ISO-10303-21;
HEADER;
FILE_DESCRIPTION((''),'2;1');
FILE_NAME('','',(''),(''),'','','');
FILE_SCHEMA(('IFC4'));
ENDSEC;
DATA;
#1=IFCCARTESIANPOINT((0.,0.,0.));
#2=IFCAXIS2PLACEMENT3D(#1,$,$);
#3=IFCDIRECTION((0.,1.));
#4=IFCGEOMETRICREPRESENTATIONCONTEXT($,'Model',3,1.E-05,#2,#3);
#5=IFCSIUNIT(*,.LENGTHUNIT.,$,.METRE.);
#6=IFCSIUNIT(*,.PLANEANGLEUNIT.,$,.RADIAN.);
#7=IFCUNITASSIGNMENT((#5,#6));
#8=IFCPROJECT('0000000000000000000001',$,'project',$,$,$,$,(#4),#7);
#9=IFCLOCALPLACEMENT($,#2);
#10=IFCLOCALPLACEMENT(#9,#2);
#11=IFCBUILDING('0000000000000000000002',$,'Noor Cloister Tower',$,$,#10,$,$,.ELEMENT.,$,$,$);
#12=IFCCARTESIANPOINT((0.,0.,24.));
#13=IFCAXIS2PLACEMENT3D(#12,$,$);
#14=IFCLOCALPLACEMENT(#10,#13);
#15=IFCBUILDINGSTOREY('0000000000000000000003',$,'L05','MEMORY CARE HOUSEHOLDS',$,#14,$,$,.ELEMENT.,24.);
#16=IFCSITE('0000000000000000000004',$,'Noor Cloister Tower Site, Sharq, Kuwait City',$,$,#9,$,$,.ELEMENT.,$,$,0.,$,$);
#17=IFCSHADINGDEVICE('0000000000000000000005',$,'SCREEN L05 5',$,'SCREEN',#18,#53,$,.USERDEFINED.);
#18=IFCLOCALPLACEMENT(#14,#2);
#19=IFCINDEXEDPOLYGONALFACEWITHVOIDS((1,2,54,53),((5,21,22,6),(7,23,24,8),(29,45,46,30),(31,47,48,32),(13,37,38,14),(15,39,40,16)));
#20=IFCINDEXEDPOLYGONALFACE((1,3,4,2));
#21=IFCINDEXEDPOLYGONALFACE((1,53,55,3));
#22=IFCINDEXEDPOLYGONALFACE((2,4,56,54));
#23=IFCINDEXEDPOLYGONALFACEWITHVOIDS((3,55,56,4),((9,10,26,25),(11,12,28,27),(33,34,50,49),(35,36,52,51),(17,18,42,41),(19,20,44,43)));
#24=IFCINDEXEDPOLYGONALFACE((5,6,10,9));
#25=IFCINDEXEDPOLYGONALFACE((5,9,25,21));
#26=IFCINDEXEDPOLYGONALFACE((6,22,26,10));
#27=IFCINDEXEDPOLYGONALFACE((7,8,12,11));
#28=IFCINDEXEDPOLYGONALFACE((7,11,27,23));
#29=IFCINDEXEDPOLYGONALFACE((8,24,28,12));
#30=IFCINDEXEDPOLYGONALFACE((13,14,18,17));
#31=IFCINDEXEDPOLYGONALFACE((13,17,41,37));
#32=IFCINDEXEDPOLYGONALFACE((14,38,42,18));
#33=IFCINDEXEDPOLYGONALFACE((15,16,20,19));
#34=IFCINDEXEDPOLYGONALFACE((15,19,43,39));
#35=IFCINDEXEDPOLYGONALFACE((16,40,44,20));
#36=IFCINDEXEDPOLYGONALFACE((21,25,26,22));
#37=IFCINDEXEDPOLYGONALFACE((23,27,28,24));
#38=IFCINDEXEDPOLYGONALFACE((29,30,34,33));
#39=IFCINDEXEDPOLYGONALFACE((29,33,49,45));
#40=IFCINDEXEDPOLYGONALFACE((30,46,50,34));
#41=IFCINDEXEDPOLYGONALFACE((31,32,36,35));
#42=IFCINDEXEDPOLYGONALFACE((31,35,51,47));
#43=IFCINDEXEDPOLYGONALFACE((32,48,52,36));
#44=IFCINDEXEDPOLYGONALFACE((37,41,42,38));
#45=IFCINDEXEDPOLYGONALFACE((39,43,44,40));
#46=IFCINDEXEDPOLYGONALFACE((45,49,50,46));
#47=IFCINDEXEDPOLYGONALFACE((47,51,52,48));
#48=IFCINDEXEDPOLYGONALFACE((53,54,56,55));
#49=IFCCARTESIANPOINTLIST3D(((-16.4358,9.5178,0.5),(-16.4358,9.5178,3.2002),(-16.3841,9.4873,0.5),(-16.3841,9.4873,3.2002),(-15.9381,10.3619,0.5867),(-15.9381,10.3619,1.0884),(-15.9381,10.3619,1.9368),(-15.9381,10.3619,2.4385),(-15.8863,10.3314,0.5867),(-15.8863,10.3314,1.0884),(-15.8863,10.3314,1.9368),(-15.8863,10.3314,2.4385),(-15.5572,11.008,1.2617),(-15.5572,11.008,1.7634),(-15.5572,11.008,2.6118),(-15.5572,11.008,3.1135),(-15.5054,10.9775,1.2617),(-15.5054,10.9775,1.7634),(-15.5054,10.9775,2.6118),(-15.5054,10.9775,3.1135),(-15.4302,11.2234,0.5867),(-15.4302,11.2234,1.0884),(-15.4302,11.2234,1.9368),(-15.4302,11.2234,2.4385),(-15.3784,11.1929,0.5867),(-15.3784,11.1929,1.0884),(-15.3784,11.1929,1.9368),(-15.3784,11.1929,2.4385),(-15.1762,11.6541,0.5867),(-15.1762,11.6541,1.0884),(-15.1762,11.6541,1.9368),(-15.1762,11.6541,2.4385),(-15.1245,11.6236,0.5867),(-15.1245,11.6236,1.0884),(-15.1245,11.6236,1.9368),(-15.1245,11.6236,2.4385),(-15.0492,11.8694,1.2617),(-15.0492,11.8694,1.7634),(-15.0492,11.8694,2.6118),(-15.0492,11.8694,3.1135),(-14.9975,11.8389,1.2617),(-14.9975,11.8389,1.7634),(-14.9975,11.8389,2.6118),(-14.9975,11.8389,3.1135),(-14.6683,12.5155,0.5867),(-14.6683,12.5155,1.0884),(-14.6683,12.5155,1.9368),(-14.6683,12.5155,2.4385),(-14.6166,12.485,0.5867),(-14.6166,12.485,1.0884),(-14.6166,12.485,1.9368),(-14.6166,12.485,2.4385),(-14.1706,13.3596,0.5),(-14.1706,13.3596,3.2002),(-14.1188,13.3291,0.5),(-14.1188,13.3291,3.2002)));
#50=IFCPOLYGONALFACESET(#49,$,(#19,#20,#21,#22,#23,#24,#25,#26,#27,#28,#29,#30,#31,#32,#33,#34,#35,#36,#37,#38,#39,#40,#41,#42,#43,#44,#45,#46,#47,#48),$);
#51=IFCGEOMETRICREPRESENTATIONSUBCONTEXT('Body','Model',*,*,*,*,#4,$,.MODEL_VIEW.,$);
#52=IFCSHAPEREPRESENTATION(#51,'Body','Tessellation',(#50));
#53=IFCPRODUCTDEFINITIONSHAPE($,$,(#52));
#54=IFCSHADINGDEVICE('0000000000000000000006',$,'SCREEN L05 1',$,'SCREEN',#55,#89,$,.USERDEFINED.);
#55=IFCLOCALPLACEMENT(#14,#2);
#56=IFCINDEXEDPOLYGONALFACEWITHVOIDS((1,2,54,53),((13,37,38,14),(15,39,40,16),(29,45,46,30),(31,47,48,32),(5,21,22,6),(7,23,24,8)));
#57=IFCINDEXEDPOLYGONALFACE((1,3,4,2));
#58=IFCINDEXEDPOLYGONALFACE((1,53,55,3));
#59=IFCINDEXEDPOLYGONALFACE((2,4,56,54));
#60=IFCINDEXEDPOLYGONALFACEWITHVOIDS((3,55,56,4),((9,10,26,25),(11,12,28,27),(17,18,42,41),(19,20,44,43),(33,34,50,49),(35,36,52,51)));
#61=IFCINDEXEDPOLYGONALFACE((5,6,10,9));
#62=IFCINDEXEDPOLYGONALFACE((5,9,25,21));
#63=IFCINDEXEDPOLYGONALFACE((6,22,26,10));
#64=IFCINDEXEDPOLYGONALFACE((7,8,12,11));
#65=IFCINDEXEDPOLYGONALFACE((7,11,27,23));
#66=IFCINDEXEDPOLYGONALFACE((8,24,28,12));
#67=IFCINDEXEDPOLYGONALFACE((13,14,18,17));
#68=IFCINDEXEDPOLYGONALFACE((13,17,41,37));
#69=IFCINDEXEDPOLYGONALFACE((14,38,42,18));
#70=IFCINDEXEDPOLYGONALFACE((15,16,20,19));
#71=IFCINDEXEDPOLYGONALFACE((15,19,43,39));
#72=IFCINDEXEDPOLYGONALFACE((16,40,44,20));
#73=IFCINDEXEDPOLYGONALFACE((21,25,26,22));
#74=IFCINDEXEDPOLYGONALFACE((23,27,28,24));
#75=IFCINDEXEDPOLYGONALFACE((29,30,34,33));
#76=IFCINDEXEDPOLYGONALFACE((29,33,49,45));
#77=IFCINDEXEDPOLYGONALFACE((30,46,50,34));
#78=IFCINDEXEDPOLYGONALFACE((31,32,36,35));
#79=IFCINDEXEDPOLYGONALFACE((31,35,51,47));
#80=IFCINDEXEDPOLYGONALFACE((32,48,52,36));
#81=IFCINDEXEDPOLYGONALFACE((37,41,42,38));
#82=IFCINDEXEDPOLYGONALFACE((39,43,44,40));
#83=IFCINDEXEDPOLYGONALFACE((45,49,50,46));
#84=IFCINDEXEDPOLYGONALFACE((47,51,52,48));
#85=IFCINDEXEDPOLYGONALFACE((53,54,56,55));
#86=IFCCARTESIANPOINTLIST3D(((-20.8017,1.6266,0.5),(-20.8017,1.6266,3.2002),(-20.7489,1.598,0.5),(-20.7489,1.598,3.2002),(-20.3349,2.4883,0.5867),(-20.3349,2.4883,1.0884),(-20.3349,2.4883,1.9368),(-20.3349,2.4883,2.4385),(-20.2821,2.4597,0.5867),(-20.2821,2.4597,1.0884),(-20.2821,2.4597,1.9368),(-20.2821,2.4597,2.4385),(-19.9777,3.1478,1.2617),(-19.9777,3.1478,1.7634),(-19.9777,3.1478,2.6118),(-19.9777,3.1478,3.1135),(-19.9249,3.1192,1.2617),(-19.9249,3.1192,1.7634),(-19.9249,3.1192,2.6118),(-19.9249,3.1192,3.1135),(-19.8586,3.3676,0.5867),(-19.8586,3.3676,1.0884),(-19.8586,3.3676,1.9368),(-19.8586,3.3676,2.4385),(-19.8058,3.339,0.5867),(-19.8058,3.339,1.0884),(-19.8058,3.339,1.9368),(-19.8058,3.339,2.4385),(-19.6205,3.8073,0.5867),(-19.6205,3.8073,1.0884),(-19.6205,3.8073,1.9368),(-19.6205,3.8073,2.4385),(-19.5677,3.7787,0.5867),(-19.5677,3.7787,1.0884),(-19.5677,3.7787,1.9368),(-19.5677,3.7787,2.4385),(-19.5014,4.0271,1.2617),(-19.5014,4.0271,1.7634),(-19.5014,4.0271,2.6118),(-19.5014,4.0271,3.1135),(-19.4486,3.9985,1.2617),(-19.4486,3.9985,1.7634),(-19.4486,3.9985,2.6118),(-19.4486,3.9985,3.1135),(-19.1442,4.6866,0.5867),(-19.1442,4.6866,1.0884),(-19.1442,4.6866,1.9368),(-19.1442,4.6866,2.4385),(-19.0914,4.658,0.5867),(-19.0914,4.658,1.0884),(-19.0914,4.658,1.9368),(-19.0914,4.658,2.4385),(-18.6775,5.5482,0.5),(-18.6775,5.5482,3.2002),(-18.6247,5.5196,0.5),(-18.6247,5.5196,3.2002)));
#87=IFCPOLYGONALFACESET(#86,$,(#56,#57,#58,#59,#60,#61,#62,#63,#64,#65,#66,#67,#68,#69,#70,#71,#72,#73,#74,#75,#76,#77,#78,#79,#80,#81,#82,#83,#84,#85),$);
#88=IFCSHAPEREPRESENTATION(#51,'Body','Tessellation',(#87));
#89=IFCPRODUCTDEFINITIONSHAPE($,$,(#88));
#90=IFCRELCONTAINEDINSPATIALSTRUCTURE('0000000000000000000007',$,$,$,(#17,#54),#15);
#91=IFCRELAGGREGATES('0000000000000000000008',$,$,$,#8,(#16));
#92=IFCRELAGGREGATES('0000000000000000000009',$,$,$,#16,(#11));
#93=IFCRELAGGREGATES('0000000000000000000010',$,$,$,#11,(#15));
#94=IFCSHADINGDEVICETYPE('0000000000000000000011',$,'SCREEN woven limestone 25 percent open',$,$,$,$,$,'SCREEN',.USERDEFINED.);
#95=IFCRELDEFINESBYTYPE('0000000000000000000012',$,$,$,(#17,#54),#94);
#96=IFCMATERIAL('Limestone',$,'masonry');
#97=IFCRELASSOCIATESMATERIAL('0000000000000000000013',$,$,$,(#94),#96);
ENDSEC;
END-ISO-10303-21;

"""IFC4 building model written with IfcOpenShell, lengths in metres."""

from ifc_helpers import new_model, si_unit, direction, frame, origin, place, context, subcontext, project, spatial, polyline, outline, extrude, material, material_profile, profile_set, type_object, element, save


model = new_model("IFC4")

# Units and contexts
model_context = context("Model", 3, precision=1e-05, world=origin(), true_north=direction((0.0, 1.0)))
body_context = subcontext(model_context, "Body", "Model", "MODEL_VIEW")
ifc_project = project(units=[si_unit("LENGTHUNIT", "METRE"), si_unit("PLANEANGLEUNIT", "RADIAN")], contexts=[model_context])

# Site, building, storey
site_placement = place(None, origin())
site = spatial("IfcSite", under=ifc_project, at=site_placement, Name="Noor Cloister Tower Site, Sharq, Kuwait City", CompositionType="ELEMENT", RefElevation=0.0)
building_placement = place(site_placement, origin())
building = spatial("IfcBuilding", under=site, at=building_placement, Name="Noor Cloister Tower", CompositionType="ELEMENT")
storey_placement = place(building_placement, frame((0.0, 0.0, 24.0)))
storey = spatial("IfcBuildingStorey", under=building, at=storey_placement, Name="L05", Description="MEMORY CARE HOUSEHOLDS", CompositionType="ELEMENT", Elevation=24.0)

# Shading devices
ifc_material_1 = material(Name="Limestone", Category="masonry")
ifc_material_profile_1 = material_profile(ifc_material_1, outline(polyline([(-2.23, -1.3501), (2.23, -1.3501), (2.23, 1.3501), (-2.23, 1.3501), (-2.23, -1.3501)]), holes=[polyline([(-1.25, -1.2634), (-0.25, -1.2634), (-0.25, -0.7617), (-1.25, -0.7617), (-1.25, -1.2634)]), polyline([(0.25, -1.2634), (1.25, -1.2634), (1.25, -0.7617), (0.25, -0.7617), (0.25, -1.2634)]), polyline([(-0.5, -0.5884), (0.5, -0.5884), (0.5, -0.0867), (-0.5, -0.0867), (-0.5, -0.5884)]), polyline([(-1.25, 0.0867), (-0.25, 0.0867), (-0.25, 0.5884), (-1.25, 0.5884), (-1.25, 0.0867)]), polyline([(0.25, 0.0867), (1.25, 0.0867), (1.25, 0.5884), (0.25, 0.5884), (0.25, 0.0867)]), polyline([(-0.5, 0.7617), (0.5, 0.7617), (0.5, 1.2634), (-0.5, 1.2634), (-0.5, 0.7617)])]), Name="Woven screen 25 percent open")
ifc_profile_set_1 = profile_set([ifc_material_profile_1], Name="Limestone")
shading_device_type = type_object("IfcShadingDeviceType", Name="SCREEN woven limestone 25 percent open", ElementType="SCREEN", PredefinedType="USERDEFINED", material=ifc_profile_set_1)
for number, where, z_axis, x_axis, name in (
    (1, (-15.2515, 11.4082, 1.8501), (-0.861411, 0.507908, 0.0), (-0.507908, -0.861411, 0.0), "SCREEN L05 5"),
    (2, (-19.6868, 3.5588, 1.8501), (-0.879292, 0.476283, 0.0), (-0.476283, -0.879292, 0.0), "SCREEN L05 1"),
):
    element("IfcShadingDevice", number, at=place(storey_placement, frame(where, z_axis=z_axis, x_axis=x_axis)), inside=storey, type_object=shading_device_type, Name=name, ObjectType="SCREEN", PredefinedType="USERDEFINED", context=body_context, shape_type="SweptSolid", body=[
        extrude(outline(polyline([(-2.23, -1.3501), (2.23, -1.3501), (2.23, 1.3501), (-2.23, 1.3501), (-2.23, -1.3501)]), holes=[polyline([(-1.25, -1.2634), (-0.25, -1.2634), (-0.25, -0.7617), (-1.25, -0.7617), (-1.25, -1.2634)]), polyline([(0.25, -1.2634), (1.25, -1.2634), (1.25, -0.7617), (0.25, -0.7617), (0.25, -1.2634)]), polyline([(-0.5, -0.5884), (0.5, -0.5884), (0.5, -0.0867), (-0.5, -0.0867), (-0.5, -0.5884)]), polyline([(-1.25, 0.0867), (-0.25, 0.0867), (-0.25, 0.5884), (-1.25, 0.5884), (-1.25, 0.0867)]), polyline([(0.25, 0.0867), (1.25, 0.0867), (1.25, 0.5884), (0.25, 0.5884), (0.25, 0.0867)]), polyline([(-0.5, 0.7617), (0.5, 0.7617), (0.5, 1.2634), (-0.5, 1.2634), (-0.5, 0.7617)])]), origin(), (0.0, 0.0, 1.0), 0.0601),
    ])

save(model, "model.ifc")
